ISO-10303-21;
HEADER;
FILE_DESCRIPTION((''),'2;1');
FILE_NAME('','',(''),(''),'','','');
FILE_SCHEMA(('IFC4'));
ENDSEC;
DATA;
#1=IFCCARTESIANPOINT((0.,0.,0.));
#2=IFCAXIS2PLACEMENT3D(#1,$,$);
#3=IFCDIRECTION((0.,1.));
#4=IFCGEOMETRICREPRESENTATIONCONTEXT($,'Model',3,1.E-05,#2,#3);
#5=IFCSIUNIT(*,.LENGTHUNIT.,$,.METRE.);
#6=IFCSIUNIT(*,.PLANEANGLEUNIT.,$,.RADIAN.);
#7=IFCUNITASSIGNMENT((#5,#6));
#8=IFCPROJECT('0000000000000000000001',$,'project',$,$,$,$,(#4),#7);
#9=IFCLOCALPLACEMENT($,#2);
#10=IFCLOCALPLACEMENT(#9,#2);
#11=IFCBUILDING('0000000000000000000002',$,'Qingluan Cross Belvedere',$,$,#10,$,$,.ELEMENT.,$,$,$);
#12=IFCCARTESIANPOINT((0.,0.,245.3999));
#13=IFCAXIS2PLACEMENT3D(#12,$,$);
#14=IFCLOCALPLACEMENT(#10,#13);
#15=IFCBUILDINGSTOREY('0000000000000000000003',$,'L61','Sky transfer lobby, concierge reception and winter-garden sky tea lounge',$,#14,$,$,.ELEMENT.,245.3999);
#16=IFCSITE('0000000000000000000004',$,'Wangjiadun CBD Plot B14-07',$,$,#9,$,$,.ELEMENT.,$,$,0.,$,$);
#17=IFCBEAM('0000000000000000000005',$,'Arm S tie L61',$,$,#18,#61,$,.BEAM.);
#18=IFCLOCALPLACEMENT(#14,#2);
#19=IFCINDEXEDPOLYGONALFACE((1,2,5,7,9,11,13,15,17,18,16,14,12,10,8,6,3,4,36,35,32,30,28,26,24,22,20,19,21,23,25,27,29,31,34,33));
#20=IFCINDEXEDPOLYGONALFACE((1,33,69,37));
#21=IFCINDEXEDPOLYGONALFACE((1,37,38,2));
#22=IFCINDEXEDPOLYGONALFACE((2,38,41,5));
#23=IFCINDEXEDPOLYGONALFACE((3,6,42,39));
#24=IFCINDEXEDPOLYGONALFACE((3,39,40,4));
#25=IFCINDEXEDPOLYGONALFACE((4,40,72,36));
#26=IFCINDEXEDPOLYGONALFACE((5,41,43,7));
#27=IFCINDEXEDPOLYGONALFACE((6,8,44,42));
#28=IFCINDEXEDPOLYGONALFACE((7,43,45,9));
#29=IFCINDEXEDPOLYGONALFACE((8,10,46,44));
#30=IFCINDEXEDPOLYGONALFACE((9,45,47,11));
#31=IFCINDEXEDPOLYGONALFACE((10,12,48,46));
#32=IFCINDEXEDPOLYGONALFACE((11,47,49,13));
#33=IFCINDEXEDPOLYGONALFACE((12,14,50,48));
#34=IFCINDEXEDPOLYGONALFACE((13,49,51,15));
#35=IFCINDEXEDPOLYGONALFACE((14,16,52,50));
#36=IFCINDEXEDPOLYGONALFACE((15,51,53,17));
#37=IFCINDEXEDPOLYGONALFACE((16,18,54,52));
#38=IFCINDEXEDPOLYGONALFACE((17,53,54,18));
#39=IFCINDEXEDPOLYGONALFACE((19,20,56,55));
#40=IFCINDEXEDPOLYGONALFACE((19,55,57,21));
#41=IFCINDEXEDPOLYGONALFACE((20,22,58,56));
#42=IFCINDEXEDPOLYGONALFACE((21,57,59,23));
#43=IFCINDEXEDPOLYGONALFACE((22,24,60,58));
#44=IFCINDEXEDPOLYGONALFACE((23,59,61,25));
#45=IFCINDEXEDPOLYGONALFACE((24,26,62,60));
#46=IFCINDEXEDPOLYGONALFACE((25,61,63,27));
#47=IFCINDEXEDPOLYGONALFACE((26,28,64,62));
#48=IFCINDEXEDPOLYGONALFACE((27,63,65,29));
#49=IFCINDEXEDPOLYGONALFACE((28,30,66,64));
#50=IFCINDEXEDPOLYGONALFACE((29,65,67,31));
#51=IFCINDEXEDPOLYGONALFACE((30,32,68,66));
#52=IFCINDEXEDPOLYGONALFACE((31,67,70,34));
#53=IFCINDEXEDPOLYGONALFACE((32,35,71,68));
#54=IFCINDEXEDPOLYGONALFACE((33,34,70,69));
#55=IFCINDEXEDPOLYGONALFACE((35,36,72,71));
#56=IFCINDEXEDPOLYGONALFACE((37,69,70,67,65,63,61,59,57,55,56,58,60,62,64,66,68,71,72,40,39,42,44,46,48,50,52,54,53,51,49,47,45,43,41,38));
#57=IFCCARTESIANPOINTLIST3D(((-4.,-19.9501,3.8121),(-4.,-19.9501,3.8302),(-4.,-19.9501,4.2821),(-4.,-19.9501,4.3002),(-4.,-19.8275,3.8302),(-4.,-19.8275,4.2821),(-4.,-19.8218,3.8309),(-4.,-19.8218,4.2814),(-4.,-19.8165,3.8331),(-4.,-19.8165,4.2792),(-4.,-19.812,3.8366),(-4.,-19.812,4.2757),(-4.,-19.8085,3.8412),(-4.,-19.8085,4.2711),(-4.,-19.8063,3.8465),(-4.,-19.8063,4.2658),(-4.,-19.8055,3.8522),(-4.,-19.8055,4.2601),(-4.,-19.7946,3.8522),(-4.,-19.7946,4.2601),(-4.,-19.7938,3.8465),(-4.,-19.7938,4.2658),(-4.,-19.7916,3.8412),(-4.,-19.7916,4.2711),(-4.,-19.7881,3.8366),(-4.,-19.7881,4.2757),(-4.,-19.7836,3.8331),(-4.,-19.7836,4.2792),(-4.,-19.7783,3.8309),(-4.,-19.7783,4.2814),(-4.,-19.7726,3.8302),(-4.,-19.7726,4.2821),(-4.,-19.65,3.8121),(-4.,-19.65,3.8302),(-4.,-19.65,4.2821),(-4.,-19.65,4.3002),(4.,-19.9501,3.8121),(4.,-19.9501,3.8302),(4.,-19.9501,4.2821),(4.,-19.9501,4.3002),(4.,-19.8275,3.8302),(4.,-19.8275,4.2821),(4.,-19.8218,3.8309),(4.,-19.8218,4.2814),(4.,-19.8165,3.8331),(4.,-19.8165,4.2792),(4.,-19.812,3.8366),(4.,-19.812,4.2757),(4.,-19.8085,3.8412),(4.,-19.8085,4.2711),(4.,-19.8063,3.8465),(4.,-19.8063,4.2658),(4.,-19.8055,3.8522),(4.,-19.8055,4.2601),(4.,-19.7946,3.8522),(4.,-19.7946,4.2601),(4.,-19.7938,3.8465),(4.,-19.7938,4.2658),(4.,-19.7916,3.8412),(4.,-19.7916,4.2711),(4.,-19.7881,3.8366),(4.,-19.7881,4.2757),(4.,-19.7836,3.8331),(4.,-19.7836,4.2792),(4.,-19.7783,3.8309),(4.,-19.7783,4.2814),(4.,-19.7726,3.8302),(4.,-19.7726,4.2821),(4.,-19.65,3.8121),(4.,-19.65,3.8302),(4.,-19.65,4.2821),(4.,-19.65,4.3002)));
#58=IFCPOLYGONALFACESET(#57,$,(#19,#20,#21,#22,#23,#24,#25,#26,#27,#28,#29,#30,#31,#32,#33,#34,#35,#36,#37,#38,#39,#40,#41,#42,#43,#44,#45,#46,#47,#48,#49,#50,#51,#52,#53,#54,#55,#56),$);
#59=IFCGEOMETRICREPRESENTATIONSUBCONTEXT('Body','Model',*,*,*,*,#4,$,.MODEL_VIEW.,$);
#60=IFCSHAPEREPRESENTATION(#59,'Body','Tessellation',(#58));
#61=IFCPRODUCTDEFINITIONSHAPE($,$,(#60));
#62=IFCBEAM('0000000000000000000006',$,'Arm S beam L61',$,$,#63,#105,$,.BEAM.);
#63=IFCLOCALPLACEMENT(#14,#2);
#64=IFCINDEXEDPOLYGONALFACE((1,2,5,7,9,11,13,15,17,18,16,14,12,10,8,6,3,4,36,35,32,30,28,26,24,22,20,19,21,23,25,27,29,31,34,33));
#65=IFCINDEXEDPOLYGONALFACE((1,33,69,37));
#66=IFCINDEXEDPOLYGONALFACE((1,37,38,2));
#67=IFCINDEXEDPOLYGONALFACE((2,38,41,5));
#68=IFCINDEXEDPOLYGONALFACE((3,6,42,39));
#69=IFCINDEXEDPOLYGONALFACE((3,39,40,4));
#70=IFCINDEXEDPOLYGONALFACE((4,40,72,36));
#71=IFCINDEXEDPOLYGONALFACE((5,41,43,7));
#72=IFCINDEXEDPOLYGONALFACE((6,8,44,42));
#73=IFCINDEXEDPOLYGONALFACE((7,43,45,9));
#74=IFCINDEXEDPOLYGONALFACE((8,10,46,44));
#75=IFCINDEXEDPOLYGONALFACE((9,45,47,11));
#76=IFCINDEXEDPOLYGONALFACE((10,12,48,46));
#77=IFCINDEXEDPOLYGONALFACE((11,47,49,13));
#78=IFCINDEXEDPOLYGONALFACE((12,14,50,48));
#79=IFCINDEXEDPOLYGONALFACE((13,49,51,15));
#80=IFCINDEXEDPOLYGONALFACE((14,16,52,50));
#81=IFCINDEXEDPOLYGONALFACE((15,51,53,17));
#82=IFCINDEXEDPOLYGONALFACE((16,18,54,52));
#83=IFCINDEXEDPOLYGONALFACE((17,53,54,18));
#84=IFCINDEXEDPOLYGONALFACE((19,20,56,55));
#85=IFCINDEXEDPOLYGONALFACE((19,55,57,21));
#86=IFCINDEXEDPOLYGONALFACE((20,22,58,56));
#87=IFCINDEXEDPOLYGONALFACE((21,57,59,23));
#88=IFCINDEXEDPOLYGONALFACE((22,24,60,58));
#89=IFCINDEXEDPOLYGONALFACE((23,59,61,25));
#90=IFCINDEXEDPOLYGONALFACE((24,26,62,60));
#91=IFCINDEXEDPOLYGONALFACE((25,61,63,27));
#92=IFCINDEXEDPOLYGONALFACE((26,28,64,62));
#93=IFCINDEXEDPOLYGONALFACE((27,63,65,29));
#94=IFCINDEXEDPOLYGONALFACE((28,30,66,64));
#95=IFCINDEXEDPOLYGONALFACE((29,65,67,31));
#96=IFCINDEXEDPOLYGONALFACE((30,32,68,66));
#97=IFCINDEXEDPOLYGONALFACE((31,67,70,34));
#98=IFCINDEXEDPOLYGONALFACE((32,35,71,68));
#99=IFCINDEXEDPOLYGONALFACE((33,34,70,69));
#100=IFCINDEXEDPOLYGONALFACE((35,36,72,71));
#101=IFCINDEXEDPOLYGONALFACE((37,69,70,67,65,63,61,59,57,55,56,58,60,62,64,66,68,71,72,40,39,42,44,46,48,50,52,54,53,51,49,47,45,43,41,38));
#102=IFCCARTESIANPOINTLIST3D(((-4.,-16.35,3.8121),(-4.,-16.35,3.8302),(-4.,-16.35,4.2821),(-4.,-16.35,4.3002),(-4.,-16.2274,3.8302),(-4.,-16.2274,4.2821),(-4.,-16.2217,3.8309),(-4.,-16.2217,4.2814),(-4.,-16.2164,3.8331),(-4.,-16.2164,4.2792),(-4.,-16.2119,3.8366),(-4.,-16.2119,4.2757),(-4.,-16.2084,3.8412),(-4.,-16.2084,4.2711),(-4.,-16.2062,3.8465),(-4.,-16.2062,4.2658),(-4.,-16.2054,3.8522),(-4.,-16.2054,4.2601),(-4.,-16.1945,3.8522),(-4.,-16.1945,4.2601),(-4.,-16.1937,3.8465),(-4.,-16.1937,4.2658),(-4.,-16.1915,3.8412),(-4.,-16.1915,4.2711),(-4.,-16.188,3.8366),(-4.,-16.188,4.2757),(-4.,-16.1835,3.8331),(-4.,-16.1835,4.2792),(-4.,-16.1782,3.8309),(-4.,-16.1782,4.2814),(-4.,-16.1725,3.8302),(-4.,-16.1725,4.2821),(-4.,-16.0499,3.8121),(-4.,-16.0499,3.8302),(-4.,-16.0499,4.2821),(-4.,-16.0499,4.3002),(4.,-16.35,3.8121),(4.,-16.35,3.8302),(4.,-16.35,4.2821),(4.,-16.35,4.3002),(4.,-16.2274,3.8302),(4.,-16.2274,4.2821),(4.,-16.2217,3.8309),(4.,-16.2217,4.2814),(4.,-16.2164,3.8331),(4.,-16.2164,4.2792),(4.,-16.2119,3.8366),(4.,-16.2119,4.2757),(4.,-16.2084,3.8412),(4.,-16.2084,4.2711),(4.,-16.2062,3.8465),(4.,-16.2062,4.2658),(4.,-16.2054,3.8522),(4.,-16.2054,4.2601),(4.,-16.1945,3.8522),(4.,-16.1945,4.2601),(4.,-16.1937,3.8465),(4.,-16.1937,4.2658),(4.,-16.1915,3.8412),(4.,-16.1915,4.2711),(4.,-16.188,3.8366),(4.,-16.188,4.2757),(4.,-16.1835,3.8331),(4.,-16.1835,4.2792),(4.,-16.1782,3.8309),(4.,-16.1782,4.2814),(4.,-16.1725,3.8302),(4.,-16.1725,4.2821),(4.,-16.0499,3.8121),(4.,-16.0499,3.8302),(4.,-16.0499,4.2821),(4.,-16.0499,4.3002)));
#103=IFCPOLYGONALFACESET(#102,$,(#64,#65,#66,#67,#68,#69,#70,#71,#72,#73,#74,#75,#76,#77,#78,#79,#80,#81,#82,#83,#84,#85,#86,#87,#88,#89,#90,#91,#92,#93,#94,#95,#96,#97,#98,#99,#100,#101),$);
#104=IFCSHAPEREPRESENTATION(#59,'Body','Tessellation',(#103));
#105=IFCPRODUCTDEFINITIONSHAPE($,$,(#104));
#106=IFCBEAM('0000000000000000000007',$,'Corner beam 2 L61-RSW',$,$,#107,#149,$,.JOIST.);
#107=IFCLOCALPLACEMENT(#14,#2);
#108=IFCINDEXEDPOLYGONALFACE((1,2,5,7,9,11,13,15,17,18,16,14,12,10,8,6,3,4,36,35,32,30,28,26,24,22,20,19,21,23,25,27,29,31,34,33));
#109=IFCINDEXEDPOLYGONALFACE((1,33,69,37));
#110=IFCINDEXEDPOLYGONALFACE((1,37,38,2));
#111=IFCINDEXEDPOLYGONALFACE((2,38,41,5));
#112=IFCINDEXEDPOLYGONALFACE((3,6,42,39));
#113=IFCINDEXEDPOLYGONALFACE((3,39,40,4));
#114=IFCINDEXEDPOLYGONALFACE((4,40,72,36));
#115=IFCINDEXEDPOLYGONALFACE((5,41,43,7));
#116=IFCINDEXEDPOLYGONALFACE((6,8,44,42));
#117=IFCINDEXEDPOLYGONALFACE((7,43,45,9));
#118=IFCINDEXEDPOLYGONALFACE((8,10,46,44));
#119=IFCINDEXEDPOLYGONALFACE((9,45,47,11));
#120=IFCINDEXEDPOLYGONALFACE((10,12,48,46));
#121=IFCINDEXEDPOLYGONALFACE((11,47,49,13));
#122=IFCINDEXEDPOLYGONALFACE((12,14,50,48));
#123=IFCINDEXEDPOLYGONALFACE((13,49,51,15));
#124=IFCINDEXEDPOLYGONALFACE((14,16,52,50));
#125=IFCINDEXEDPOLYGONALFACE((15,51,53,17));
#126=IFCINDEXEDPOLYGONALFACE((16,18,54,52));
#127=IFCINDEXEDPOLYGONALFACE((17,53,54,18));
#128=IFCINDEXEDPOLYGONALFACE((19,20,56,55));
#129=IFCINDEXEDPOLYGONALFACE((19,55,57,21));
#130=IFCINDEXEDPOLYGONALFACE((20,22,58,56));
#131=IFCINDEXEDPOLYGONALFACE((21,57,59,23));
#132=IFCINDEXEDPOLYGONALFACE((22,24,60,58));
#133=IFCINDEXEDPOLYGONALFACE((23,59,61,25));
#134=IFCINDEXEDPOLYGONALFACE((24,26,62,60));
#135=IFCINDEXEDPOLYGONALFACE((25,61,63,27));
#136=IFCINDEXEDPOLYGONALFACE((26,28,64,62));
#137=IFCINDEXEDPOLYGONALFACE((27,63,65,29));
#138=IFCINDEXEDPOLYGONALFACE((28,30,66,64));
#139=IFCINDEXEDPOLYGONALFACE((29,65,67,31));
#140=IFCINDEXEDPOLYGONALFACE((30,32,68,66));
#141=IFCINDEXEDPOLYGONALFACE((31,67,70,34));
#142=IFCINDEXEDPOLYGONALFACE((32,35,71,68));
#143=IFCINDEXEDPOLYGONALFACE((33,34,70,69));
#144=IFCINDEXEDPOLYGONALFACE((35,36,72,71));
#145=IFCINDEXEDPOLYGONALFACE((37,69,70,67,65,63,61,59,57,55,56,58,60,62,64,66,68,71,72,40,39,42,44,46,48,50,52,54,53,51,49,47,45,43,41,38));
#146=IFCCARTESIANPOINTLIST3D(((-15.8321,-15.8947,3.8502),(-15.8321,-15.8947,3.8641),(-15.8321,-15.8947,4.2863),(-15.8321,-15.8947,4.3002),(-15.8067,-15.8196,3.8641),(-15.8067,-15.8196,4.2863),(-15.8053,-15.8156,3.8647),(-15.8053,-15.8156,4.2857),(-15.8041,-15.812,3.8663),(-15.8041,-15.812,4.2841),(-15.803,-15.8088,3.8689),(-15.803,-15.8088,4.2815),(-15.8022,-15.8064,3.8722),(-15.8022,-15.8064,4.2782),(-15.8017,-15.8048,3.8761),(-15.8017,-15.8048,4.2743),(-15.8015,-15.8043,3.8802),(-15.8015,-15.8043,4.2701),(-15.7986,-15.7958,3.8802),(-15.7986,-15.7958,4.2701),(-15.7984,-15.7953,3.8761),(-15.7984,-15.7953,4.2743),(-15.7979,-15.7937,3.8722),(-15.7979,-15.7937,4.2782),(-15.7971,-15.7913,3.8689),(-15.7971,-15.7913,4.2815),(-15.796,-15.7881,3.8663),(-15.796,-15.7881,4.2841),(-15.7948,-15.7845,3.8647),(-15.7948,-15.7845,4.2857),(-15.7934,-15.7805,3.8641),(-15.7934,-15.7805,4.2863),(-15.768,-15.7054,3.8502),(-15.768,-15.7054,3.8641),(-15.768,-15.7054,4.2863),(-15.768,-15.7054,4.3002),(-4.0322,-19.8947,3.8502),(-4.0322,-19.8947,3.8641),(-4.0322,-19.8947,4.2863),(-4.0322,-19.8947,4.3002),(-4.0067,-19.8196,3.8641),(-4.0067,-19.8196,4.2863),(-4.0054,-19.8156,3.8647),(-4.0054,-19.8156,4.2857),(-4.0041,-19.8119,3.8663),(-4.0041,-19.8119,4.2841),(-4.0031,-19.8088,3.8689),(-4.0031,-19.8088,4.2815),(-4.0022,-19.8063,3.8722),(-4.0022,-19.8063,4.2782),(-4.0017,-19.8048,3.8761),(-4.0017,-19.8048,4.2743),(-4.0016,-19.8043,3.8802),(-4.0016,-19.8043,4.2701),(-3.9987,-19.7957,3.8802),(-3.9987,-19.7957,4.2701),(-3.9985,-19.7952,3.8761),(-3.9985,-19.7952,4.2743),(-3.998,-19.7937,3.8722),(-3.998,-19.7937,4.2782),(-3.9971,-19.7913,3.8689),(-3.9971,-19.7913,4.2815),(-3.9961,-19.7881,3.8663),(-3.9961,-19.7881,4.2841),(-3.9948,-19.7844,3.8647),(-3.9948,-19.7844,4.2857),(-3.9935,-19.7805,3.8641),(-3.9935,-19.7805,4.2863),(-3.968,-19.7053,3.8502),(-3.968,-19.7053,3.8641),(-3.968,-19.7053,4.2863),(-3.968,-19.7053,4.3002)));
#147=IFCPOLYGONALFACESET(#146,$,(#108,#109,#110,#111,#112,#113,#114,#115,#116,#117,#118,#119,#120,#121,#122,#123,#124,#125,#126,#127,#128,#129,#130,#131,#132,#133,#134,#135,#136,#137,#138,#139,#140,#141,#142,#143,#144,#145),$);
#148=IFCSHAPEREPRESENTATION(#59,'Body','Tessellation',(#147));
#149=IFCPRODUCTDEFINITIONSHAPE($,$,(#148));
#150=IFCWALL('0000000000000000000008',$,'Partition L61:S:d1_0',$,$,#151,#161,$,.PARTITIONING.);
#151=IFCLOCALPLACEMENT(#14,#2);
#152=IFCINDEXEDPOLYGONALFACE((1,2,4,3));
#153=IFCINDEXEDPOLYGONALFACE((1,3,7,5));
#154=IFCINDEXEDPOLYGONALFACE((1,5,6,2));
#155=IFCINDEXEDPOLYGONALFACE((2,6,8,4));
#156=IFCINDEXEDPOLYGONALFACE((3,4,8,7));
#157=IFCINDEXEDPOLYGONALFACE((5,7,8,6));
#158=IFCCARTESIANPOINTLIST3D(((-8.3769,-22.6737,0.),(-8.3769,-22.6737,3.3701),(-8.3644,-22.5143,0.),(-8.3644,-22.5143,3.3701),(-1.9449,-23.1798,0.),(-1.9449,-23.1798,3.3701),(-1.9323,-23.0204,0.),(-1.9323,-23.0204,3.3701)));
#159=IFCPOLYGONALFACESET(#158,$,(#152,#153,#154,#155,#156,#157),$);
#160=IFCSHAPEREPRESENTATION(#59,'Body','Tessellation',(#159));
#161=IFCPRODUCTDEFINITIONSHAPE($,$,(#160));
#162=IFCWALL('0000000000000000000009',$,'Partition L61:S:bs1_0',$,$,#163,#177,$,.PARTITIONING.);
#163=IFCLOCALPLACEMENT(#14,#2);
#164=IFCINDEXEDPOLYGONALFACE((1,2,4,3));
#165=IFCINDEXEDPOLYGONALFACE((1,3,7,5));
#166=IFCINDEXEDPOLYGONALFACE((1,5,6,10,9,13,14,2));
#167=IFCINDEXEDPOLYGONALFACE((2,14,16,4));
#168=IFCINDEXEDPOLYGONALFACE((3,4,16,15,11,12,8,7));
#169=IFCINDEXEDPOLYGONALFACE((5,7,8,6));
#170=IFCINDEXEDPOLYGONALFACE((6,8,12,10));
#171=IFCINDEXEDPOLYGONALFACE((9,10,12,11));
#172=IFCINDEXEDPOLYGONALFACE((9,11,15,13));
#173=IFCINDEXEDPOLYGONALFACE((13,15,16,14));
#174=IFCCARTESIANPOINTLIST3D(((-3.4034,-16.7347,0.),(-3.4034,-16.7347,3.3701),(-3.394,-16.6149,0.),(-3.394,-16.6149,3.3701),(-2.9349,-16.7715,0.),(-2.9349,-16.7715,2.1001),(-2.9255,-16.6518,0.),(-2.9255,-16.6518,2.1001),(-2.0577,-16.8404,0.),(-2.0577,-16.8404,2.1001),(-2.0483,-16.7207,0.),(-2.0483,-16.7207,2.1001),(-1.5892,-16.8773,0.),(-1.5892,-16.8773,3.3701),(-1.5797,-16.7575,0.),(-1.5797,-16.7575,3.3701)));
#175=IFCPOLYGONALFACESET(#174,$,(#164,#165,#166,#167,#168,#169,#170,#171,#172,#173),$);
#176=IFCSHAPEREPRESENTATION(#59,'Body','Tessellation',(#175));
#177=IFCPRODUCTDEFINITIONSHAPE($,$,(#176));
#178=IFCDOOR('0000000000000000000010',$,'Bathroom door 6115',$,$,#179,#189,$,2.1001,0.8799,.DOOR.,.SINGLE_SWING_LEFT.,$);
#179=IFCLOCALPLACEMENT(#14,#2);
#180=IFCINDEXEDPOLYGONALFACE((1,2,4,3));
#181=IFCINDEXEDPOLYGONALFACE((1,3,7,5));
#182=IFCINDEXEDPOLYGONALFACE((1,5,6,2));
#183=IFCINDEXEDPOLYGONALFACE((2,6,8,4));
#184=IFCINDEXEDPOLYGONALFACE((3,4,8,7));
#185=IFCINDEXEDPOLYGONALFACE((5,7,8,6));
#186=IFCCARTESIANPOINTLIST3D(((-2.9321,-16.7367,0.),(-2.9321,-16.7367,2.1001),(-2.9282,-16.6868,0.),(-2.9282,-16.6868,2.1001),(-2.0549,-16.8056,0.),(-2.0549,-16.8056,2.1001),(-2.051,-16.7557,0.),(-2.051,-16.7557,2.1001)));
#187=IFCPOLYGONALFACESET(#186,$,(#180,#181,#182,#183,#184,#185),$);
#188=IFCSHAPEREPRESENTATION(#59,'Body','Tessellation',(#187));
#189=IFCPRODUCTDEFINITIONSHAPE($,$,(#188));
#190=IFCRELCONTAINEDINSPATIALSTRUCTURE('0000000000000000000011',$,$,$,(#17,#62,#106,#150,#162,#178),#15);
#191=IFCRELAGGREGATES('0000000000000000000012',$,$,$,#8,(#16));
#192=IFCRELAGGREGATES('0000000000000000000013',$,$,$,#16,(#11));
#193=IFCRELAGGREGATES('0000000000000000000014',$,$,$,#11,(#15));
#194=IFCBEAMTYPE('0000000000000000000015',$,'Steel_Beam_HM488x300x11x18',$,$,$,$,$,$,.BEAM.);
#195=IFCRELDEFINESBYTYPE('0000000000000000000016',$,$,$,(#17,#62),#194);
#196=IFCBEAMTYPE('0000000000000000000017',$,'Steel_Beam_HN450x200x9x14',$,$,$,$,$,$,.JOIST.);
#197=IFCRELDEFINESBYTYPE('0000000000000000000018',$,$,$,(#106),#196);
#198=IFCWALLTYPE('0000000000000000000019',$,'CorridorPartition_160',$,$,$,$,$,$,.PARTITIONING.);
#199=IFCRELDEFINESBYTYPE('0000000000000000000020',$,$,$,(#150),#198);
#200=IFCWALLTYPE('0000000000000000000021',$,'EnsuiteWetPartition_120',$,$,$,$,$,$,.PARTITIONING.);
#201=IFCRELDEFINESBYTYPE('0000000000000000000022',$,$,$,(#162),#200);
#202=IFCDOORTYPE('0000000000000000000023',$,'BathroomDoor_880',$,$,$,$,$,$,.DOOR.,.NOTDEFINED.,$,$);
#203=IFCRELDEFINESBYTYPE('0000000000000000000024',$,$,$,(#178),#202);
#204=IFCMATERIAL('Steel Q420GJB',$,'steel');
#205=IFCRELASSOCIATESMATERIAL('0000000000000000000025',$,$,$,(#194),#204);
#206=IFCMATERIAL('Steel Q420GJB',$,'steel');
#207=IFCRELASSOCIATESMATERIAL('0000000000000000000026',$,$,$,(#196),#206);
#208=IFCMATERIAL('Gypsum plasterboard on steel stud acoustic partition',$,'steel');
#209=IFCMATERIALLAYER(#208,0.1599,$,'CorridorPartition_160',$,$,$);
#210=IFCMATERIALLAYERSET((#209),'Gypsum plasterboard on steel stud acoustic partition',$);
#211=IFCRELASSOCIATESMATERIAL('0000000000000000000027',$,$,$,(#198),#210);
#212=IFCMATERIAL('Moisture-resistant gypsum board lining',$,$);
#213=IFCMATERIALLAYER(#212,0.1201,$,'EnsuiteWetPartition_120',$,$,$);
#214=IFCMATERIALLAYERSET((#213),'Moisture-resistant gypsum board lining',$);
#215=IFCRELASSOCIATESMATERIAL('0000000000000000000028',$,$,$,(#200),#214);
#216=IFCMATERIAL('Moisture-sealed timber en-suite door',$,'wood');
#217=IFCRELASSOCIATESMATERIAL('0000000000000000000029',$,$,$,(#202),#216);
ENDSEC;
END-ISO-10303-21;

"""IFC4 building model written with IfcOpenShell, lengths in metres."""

from ifc_helpers import new_model, si_unit, direction, frame, frame_2d, origin, origin_2d, place, context, subcontext, project, spatial, rectangle, i_section, extrude, material, layer, layer_set, material_profile, profile_set, type_object, element, fill, save


model = new_model("IFC4")

# Units and contexts
model_context = context("Model", 3, precision=1e-05, world=origin(), true_north=direction((0.0, 1.0)))
body_context = subcontext(model_context, "Body", "Model", "MODEL_VIEW")
ifc_project = project(units=[si_unit("LENGTHUNIT", "METRE"), si_unit("PLANEANGLEUNIT", "RADIAN")], contexts=[model_context])

# Site, building, storey
site_placement = place(None, origin())
site = spatial("IfcSite", under=ifc_project, at=site_placement, Name="Wangjiadun CBD Plot B14-07", CompositionType="ELEMENT", RefElevation=0.0)
building_placement = place(site_placement, origin())
building = spatial("IfcBuilding", under=site, at=building_placement, Name="Qingluan Cross Belvedere", CompositionType="ELEMENT")
storey_placement = place(building_placement, frame((0.0, 0.0, 245.3999)))
storey = spatial("IfcBuildingStorey", under=building, at=storey_placement, Name="L61", Description="Sky transfer lobby, concierge reception and winter-garden sky tea lounge", CompositionType="ELEMENT", Elevation=245.3999)

# Beams
ifc_material_1 = material(Name="Steel Q420GJB", Category="steel")
ifc_material_profile_1 = material_profile(ifc_material_1, i_section(OverallWidth=0.3, OverallDepth=0.488, WebThickness=0.011, FlangeThickness=0.0181, FilletRadius=0.022, at=origin_2d()), Name="HM488x300x11x18")
ifc_profile_set_1 = profile_set([ifc_material_profile_1], Name="Steel Q420GJB")
beam_type_1 = type_object("IfcBeamType", Name="Steel_Beam_HM488x300x11x18", PredefinedType="BEAM", material=ifc_profile_set_1)
for number, where, z_axis, x_axis, name in (
    (1, (-4.0, -19.8, 4.0562), (1.0, 0.0, 0.0), (0.0, 1.0, 0.0), "Arm S tie L61"),
    (2, (-4.0, -16.2, 4.0562), (1.0, 0.0, 0.0), (0.0, 1.0, 0.0), "Arm S beam L61"),
):
    element("IfcBeam", number, at=place(storey_placement, frame(where, z_axis=z_axis, x_axis=x_axis)), inside=storey, type_object=beam_type_1, Name=name, PredefinedType="BEAM", context=body_context, shape_type="SweptSolid", body=[
        extrude(i_section(OverallWidth=0.3, OverallDepth=0.488, WebThickness=0.011, FlangeThickness=0.0181, FilletRadius=0.022, at=origin_2d()), origin(), (0.0, 0.0, 1.0), 8.0),
    ])
ifc_material_2 = material(Name="Steel Q420GJB", Category="steel")
ifc_material_profile_2 = material_profile(ifc_material_2, i_section(OverallWidth=0.2, OverallDepth=0.45, WebThickness=0.009, FlangeThickness=0.0139, FilletRadius=0.0161, at=origin_2d()), Name="HN450x200x9x14")
ifc_profile_set_2 = profile_set([ifc_material_profile_2], Name="Steel Q420GJB")
beam_type_2 = type_object("IfcBeamType", Name="Steel_Beam_HN450x200x9x14", PredefinedType="JOIST", material=ifc_profile_set_2)
beam_placement = place(storey_placement, frame((-15.8, -15.8, 4.0752), z_axis=(0.947066, -0.321038, 0.0), x_axis=(0.321038, 0.947066, 0.0)))
element("IfcBeam", 3, at=beam_placement, inside=storey, type_object=beam_type_2, Name="Corner beam 2 L61-RSW", PredefinedType="JOIST", context=body_context, shape_type="SweptSolid", body=[
    extrude(i_section(OverallWidth=0.2, OverallDepth=0.45, WebThickness=0.009, FlangeThickness=0.0139, FilletRadius=0.0161, at=origin_2d()), origin(), (0.0, 0.0, 1.0), 12.4595),
])

# Wall
ifc_material_3 = material(Name="Gypsum plasterboard on steel stud acoustic partition", Category="steel")
ifc_layer_1 = layer(ifc_material_3, 0.1599, Name="CorridorPartition_160")
ifc_layer_set_1 = layer_set([ifc_layer_1], Name="Gypsum plasterboard on steel stud acoustic partition")
wall_type_1 = type_object("IfcWallType", Name="CorridorPartition_160", PredefinedType="PARTITIONING", material=ifc_layer_set_1)
wall_1_placement = place(storey_placement, frame((-1.9385, -23.1001, 0.0), z_axis=(0.0, 0.0, 1.0), x_axis=(-0.996919, 0.078441, 0.0)))
element("IfcWall", 4, at=wall_1_placement, inside=storey, type_object=wall_type_1, Name="Partition L61:S:d1_0", PredefinedType="PARTITIONING", context=body_context, shape_type="SweptSolid", body=[
    extrude(rectangle(XDim=6.4519, YDim=0.1599, at=frame_2d((3.2261, 0.0))), origin(), (0.0, 0.0, 1.0), 3.3701),
])

# Wall, opening, door
ifc_material_4 = material(Name="Moisture-resistant gypsum board lining")
ifc_layer_2 = layer(ifc_material_4, 0.1201, Name="EnsuiteWetPartition_120")
ifc_layer_set_2 = layer_set([ifc_layer_2], Name="Moisture-resistant gypsum board lining")
wall_type_2 = type_object("IfcWallType", Name="EnsuiteWetPartition_120", PredefinedType="PARTITIONING", material=ifc_layer_set_2)
wall_2_placement = place(storey_placement, frame((-3.3987, -16.6748, 0.0), z_axis=(0.0, 0.0, 1.0), x_axis=(0.996926, -0.078348, 0.0)))
wall_2 = element("IfcWall", 5, at=wall_2_placement, inside=storey, type_object=wall_type_2, Name="Partition L61:S:bs1_0", PredefinedType="PARTITIONING", context=body_context, shape_type="SweptSolid", body=[
    extrude(rectangle(XDim=1.8198, YDim=0.1201, at=frame_2d((0.9099, 0.0))), origin(), (0.0, 0.0, 1.0), 3.3701),
])
opening_1_placement = place(wall_2_placement, frame((0.47, 0.0, 0.0)))
opening_1 = element("IfcOpeningElement", 6, at=opening_1_placement, cuts=wall_2, PredefinedType="OPENING", context=body_context, shape_type="SweptSolid", body=[
    extrude(rectangle(XDim=0.8799, YDim=2.1001, at=frame_2d((0.4399, 1.05))), frame((0.0, 0.0701, 0.0), z_axis=(0.0, -1.0, 0.0), x_axis=(1.0, 0.0, 0.0)), (0.0, 0.0, 1.0), 0.1401),
])
ifc_material_5 = material(Name="Moisture-sealed timber en-suite door", Category="wood")
door_type = type_object("IfcDoorType", Name="BathroomDoor_880", OperationType="NOTDEFINED", PredefinedType="DOOR", material=ifc_material_5)
door_1_placement = place(opening_1_placement, origin())
door_1 = element("IfcDoor", 7, at=door_1_placement, inside=storey, type_object=door_type, Name="Bathroom door 6115", OperationType="SINGLE_SWING_LEFT", OverallHeight=2.1001, OverallWidth=0.8799, PredefinedType="DOOR", context=body_context, shape_type="SweptSolid", body=[
    extrude(rectangle(XDim=0.8799, YDim=2.1001, at=frame_2d((0.4399, 1.05))), frame((0.0, 0.0249, 0.0), z_axis=(0.0, -1.0, 0.0), x_axis=(1.0, 0.0, 0.0)), (0.0, 0.0, 1.0), 0.05),
])
fill(opening_1, door_1)

save(model, "model.ifc")
